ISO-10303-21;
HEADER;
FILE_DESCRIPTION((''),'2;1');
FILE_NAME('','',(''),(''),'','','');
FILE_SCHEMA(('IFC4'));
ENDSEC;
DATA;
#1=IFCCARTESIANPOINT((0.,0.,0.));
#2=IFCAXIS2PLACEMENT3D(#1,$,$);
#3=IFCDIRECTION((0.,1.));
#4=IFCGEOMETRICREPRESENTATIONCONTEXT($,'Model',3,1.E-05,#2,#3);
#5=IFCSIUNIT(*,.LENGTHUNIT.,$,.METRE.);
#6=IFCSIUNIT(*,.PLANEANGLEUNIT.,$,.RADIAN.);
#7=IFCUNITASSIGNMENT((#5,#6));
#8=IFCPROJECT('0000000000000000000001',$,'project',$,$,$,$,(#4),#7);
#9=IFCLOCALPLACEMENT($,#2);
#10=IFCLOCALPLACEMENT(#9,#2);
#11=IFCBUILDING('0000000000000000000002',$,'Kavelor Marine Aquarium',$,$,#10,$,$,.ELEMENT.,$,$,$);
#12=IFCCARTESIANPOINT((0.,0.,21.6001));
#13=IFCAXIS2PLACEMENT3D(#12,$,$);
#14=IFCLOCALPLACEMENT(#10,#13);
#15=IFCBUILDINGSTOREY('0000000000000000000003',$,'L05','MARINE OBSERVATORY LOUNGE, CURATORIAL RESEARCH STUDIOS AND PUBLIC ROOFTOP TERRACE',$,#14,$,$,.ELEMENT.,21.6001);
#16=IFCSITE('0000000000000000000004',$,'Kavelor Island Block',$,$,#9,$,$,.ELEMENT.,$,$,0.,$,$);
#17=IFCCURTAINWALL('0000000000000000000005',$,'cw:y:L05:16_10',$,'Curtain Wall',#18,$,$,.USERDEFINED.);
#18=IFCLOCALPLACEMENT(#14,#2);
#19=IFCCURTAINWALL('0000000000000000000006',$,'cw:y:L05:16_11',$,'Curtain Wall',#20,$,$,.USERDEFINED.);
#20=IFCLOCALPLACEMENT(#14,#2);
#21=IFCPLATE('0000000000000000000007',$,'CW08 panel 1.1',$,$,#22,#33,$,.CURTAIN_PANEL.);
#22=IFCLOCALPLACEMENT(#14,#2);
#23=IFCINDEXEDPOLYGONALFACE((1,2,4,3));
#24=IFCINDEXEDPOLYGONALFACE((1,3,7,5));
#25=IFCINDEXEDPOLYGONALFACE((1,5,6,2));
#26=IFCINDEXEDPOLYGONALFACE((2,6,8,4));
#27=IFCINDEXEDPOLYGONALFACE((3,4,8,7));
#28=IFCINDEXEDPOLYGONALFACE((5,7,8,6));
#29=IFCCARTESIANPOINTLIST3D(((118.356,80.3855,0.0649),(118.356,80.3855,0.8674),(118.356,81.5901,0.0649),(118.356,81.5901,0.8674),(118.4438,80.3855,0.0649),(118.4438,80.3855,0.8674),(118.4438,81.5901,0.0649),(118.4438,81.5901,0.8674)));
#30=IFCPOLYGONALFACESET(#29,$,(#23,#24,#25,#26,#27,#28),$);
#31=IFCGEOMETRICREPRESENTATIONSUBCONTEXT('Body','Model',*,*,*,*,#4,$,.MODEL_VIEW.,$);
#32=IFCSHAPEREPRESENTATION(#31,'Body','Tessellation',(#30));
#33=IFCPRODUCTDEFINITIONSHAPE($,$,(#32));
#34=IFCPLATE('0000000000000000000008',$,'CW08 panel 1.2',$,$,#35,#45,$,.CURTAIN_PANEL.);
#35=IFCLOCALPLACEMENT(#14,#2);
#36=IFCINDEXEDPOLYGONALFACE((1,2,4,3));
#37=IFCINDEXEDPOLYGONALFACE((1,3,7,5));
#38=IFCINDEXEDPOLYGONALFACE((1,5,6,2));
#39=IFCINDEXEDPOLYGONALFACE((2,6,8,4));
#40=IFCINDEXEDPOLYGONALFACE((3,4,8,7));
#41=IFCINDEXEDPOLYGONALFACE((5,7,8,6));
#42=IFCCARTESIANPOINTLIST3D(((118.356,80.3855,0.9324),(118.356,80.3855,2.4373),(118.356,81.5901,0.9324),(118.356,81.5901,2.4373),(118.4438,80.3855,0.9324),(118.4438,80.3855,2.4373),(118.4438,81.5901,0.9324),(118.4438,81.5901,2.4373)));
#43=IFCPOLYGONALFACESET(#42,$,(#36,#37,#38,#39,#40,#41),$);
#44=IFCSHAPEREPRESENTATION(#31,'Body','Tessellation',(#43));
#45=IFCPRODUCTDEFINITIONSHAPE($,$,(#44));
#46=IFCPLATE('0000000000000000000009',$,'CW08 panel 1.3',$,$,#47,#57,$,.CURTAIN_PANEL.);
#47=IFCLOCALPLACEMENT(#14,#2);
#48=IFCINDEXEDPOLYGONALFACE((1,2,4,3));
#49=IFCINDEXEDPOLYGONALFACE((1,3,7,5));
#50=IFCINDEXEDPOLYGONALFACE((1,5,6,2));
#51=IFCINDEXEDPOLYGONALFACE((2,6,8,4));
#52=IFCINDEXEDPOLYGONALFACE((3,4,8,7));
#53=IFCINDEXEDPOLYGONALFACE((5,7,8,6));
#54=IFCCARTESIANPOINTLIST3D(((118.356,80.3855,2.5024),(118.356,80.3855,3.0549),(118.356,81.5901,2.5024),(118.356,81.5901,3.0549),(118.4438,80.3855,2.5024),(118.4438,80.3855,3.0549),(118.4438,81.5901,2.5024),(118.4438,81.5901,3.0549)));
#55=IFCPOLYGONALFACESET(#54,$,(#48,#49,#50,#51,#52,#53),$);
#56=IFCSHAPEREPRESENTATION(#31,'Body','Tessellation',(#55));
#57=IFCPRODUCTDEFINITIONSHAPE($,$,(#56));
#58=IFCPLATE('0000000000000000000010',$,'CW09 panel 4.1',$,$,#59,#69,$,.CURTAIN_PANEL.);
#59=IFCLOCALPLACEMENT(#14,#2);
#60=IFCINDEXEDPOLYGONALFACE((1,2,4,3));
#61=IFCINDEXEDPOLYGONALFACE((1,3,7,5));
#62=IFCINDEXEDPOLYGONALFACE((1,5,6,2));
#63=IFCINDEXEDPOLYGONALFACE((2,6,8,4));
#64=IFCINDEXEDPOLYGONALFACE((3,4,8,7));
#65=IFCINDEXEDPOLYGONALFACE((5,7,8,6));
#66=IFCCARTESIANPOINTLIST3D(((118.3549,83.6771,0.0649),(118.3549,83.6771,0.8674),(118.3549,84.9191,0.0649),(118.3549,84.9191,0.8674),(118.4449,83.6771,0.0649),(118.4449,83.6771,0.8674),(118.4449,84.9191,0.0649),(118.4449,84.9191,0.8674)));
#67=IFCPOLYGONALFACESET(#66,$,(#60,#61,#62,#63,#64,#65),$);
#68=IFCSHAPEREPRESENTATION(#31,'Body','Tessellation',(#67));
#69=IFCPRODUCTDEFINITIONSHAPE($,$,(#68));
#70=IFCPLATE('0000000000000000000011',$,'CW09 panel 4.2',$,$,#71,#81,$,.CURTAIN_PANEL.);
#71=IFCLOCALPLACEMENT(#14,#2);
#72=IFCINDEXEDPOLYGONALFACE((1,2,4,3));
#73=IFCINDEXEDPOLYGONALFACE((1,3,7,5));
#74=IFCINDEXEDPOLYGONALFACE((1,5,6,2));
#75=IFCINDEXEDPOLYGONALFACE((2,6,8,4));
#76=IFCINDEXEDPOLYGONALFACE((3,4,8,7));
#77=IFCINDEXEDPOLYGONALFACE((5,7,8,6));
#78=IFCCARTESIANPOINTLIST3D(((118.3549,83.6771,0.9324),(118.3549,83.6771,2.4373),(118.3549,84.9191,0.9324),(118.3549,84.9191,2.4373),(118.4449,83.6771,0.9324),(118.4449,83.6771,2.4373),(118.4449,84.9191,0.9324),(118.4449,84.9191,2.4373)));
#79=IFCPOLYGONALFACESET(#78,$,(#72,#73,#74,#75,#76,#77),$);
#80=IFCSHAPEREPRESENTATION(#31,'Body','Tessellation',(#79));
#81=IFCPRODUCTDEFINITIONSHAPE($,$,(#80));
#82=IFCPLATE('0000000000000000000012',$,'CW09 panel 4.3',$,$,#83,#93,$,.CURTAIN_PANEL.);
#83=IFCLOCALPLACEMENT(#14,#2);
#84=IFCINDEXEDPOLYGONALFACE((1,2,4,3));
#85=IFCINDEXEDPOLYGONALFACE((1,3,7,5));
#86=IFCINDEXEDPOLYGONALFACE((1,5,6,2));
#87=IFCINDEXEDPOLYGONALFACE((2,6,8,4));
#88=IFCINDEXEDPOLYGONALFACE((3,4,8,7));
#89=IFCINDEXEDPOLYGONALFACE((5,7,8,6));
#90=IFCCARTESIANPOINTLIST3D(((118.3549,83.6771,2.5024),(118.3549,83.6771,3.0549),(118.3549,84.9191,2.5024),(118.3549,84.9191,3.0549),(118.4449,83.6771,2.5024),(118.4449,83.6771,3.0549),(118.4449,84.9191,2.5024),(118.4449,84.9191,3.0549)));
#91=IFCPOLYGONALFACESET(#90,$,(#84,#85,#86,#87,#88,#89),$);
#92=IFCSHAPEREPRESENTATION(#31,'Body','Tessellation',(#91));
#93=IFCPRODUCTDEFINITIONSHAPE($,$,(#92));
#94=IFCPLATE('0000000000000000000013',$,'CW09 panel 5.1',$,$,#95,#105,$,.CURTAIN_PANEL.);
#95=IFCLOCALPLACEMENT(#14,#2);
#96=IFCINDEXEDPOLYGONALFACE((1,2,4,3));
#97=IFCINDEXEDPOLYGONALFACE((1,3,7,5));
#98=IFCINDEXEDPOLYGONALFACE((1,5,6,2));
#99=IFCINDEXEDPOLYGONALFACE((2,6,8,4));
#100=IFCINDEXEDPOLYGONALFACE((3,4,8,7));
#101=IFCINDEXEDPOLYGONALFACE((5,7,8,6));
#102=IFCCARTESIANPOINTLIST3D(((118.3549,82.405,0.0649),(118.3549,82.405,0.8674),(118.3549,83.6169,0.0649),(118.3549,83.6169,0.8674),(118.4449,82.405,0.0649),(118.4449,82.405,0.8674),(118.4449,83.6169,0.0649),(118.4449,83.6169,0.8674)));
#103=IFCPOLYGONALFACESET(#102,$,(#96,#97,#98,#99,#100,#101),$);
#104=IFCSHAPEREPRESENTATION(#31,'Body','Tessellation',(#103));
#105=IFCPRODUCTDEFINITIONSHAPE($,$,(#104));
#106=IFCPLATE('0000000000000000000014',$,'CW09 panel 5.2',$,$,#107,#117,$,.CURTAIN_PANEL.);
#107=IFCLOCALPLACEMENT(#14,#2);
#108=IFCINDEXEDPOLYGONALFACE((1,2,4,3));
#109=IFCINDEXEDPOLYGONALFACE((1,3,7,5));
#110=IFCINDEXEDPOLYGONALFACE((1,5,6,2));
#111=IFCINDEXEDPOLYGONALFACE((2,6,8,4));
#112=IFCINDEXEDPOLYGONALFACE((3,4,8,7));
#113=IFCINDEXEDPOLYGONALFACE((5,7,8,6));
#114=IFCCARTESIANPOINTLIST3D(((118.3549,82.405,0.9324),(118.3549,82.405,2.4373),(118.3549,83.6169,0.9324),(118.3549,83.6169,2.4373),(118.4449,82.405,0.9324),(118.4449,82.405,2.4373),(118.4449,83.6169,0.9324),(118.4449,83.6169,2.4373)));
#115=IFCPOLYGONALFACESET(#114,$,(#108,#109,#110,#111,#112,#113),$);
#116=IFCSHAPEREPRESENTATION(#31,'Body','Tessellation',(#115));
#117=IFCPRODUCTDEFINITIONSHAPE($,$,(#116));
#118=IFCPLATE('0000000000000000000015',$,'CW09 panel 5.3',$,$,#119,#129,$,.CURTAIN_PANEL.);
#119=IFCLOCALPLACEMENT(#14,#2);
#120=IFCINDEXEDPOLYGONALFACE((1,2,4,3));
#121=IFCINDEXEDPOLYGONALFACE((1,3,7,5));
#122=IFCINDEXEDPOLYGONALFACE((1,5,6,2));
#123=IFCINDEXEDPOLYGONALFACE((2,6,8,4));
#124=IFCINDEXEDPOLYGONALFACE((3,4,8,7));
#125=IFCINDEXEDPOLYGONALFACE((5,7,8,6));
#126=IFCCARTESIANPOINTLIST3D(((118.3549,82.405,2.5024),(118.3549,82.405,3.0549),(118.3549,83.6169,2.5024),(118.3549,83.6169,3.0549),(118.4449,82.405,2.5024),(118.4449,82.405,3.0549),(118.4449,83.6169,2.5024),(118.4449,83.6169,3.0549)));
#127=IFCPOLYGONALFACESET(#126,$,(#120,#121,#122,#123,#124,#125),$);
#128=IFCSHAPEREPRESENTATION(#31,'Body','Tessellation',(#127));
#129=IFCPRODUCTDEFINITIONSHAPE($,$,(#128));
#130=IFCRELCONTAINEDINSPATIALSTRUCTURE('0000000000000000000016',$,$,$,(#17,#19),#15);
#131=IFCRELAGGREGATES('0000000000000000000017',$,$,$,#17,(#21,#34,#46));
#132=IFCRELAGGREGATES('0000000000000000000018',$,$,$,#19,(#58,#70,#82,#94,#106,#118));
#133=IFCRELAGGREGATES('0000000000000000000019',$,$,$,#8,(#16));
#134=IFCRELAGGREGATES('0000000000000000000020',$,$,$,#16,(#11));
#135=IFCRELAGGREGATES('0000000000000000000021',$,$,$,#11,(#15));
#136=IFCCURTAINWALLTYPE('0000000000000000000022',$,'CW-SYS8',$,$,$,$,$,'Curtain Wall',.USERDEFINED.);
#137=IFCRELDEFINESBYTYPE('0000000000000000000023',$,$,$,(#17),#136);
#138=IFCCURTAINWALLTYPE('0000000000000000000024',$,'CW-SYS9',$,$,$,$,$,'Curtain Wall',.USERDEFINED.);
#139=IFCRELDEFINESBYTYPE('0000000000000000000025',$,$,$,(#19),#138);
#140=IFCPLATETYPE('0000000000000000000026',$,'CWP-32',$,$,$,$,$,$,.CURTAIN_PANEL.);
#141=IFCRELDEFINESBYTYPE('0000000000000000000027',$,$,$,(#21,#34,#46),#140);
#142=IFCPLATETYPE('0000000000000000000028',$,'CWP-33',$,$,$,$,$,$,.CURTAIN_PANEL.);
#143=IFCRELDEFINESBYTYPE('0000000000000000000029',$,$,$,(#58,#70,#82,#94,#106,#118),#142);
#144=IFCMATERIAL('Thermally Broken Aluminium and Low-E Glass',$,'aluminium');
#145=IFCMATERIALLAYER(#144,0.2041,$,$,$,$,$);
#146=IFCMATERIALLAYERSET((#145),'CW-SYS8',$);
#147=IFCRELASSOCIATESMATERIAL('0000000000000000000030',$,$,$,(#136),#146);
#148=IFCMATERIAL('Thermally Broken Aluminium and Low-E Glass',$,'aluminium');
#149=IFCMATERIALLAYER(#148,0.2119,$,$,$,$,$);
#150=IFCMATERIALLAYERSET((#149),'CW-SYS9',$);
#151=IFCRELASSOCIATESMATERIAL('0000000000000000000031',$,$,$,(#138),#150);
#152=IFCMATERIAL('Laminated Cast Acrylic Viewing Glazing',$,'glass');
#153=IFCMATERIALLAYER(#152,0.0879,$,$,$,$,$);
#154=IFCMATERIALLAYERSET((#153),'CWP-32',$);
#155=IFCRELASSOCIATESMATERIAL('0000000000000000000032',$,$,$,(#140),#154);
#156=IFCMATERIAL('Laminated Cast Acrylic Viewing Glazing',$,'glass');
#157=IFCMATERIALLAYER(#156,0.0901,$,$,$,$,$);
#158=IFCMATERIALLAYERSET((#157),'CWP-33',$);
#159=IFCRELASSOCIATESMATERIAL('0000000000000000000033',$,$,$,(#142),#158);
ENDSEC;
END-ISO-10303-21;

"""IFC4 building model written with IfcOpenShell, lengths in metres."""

from ifc_helpers import new_model, si_unit, direction, frame, origin, origin_2d, place, context, subcontext, project, spatial, rectangle, extrude, material, layer, layer_set, type_object, element, aggregate, save


model = new_model("IFC4")

# Units and contexts
model_context = context("Model", 3, precision=1e-05, world=origin(), true_north=direction((0.0, 1.0)))
body_context = subcontext(model_context, "Body", "Model", "MODEL_VIEW")
ifc_project = project(units=[si_unit("LENGTHUNIT", "METRE"), si_unit("PLANEANGLEUNIT", "RADIAN")], contexts=[model_context])

# Site, building, storey
site_placement = place(None, origin())
site = spatial("IfcSite", under=ifc_project, at=site_placement, Name="Kavelor Island Block", CompositionType="ELEMENT", RefElevation=0.0)
building_placement = place(site_placement, origin())
building = spatial("IfcBuilding", under=site, at=building_placement, Name="Kavelor Marine Aquarium", CompositionType="ELEMENT")
storey_placement = place(building_placement, frame((0.0, 0.0, 21.6001)))
storey = spatial("IfcBuildingStorey", under=building, at=storey_placement, Name="L05", Description="MARINE OBSERVATORY LOUNGE, CURATORIAL RESEARCH STUDIOS AND PUBLIC ROOFTOP TERRACE", CompositionType="ELEMENT", Elevation=21.6001)

# Curtain walls
ifc_material_1 = material(Name="Thermally Broken Aluminium and Low-E Glass", Category="aluminium")
ifc_layer_1 = layer(ifc_material_1, 0.2041)
ifc_layer_set_1 = layer_set([ifc_layer_1], Name="CW-SYS8")
curtain_wall_type_1 = type_object("IfcCurtainWallType", Name="CW-SYS8", ElementType="Curtain Wall", PredefinedType="USERDEFINED", material=ifc_layer_set_1)
curtain_wall_1_placement = place(storey_placement, origin())
curtain_wall_1 = element("IfcCurtainWall", 1, at=curtain_wall_1_placement, inside=storey, type_object=curtain_wall_type_1, Name="cw:y:L05:16_10", ObjectType="Curtain Wall", PredefinedType="USERDEFINED")
ifc_material_2 = material(Name="Thermally Broken Aluminium and Low-E Glass", Category="aluminium")
ifc_layer_2 = layer(ifc_material_2, 0.2119)
ifc_layer_set_2 = layer_set([ifc_layer_2], Name="CW-SYS9")
curtain_wall_type_2 = type_object("IfcCurtainWallType", Name="CW-SYS9", ElementType="Curtain Wall", PredefinedType="USERDEFINED", material=ifc_layer_set_2)
curtain_wall_2_placement = place(storey_placement, origin())
curtain_wall_2 = element("IfcCurtainWall", 2, at=curtain_wall_2_placement, inside=storey, type_object=curtain_wall_type_2, Name="cw:y:L05:16_11", ObjectType="Curtain Wall", PredefinedType="USERDEFINED")

# Plates
ifc_material_3 = material(Name="Laminated Cast Acrylic Viewing Glazing", Category="glass")
ifc_layer_3 = layer(ifc_material_3, 0.0879)
ifc_layer_set_3 = layer_set([ifc_layer_3], Name="CWP-32")
plate_type_1 = type_object("IfcPlateType", Name="CWP-32", PredefinedType="CURTAIN_PANEL", material=ifc_layer_set_3)
plate_1_placement = place(storey_placement, frame((118.3999, 80.9878, 0.0649), z_axis=(0.0, 0.0, 1.0), x_axis=(0.0, -1.0, 0.0)))
plate_1 = element("IfcPlate", 3, at=plate_1_placement, type_object=plate_type_1, Name="CW08 panel 1.1", PredefinedType="CURTAIN_PANEL", context=body_context, shape_type="SweptSolid", body=[
    extrude(rectangle(XDim=1.2046, YDim=0.0879, at=origin_2d()), origin(), (0.0, 0.0, 1.0), 0.8025),
])
plate_2_placement = place(storey_placement, frame((118.3999, 80.9878, 0.9324), z_axis=(0.0, 0.0, 1.0), x_axis=(0.0, -1.0, 0.0)))
plate_2 = element("IfcPlate", 4, at=plate_2_placement, type_object=plate_type_1, Name="CW08 panel 1.2", PredefinedType="CURTAIN_PANEL", context=body_context, shape_type="SweptSolid", body=[
    extrude(rectangle(XDim=1.2046, YDim=0.0879, at=origin_2d()), origin(), (0.0, 0.0, 1.0), 1.5049),
])
plate_3_placement = place(storey_placement, frame((118.3999, 80.9878, 2.5024), z_axis=(0.0, 0.0, 1.0), x_axis=(0.0, -1.0, 0.0)))
plate_3 = element("IfcPlate", 5, at=plate_3_placement, type_object=plate_type_1, Name="CW08 panel 1.3", PredefinedType="CURTAIN_PANEL", context=body_context, shape_type="SweptSolid", body=[
    extrude(rectangle(XDim=1.2046, YDim=0.0879, at=origin_2d()), origin(), (0.0, 0.0, 1.0), 0.5525),
])
aggregate(curtain_wall_1, [plate_1, plate_2, plate_3])
ifc_material_4 = material(Name="Laminated Cast Acrylic Viewing Glazing", Category="glass")
ifc_layer_4 = layer(ifc_material_4, 0.0901)
ifc_layer_set_4 = layer_set([ifc_layer_4], Name="CWP-33")
plate_type_2 = type_object("IfcPlateType", Name="CWP-33", PredefinedType="CURTAIN_PANEL", material=ifc_layer_set_4)
plate_4_placement = place(storey_placement, frame((118.3999, 84.2981, 0.0649), z_axis=(0.0, 0.0, 1.0), x_axis=(0.0, -1.0, 0.0)))
plate_4 = element("IfcPlate", 6, at=plate_4_placement, type_object=plate_type_2, Name="CW09 panel 4.1", PredefinedType="CURTAIN_PANEL", context=body_context, shape_type="SweptSolid", body=[
    extrude(rectangle(XDim=1.2419, YDim=0.0901, at=origin_2d()), origin(), (0.0, 0.0, 1.0), 0.8025),
])
plate_5_placement = place(storey_placement, frame((118.3999, 84.2981, 0.9324), z_axis=(0.0, 0.0, 1.0), x_axis=(0.0, -1.0, 0.0)))
plate_5 = element("IfcPlate", 7, at=plate_5_placement, type_object=plate_type_2, Name="CW09 panel 4.2", PredefinedType="CURTAIN_PANEL", context=body_context, shape_type="SweptSolid", body=[
    extrude(rectangle(XDim=1.2419, YDim=0.0901, at=origin_2d()), origin(), (0.0, 0.0, 1.0), 1.5049),
])
plate_6_placement = place(storey_placement, frame((118.3999, 84.2981, 2.5024), z_axis=(0.0, 0.0, 1.0), x_axis=(0.0, -1.0, 0.0)))
plate_6 = element("IfcPlate", 8, at=plate_6_placement, type_object=plate_type_2, Name="CW09 panel 4.3", PredefinedType="CURTAIN_PANEL", context=body_context, shape_type="SweptSolid", body=[
    extrude(rectangle(XDim=1.2419, YDim=0.0901, at=origin_2d()), origin(), (0.0, 0.0, 1.0), 0.5525),
])
plate_7_placement = place(storey_placement, frame((118.3999, 83.011, 0.0649), z_axis=(0.0, 0.0, 1.0), x_axis=(0.0, -1.0, 0.0)))
plate_7 = element("IfcPlate", 9, at=plate_7_placement, type_object=plate_type_2, Name="CW09 panel 5.1", PredefinedType="CURTAIN_PANEL", context=body_context, shape_type="SweptSolid", body=[
    extrude(rectangle(XDim=1.2119, YDim=0.0901, at=origin_2d()), origin(), (0.0, 0.0, 1.0), 0.8025),
])
plate_8_placement = place(storey_placement, frame((118.3999, 83.011, 0.9324), z_axis=(0.0, 0.0, 1.0), x_axis=(0.0, -1.0, 0.0)))
plate_8 = element("IfcPlate", 10, at=plate_8_placement, type_object=plate_type_2, Name="CW09 panel 5.2", PredefinedType="CURTAIN_PANEL", context=body_context, shape_type="SweptSolid", body=[
    extrude(rectangle(XDim=1.2119, YDim=0.0901, at=origin_2d()), origin(), (0.0, 0.0, 1.0), 1.5049),
])
plate_9_placement = place(storey_placement, frame((118.3999, 83.011, 2.5024), z_axis=(0.0, 0.0, 1.0), x_axis=(0.0, -1.0, 0.0)))
plate_9 = element("IfcPlate", 11, at=plate_9_placement, type_object=plate_type_2, Name="CW09 panel 5.3", PredefinedType="CURTAIN_PANEL", context=body_context, shape_type="SweptSolid", body=[
    extrude(rectangle(XDim=1.2119, YDim=0.0901, at=origin_2d()), origin(), (0.0, 0.0, 1.0), 0.5525),
])
aggregate(curtain_wall_2, [plate_4, plate_5, plate_6, plate_7, plate_8, plate_9])

save(model, "model.ifc")
